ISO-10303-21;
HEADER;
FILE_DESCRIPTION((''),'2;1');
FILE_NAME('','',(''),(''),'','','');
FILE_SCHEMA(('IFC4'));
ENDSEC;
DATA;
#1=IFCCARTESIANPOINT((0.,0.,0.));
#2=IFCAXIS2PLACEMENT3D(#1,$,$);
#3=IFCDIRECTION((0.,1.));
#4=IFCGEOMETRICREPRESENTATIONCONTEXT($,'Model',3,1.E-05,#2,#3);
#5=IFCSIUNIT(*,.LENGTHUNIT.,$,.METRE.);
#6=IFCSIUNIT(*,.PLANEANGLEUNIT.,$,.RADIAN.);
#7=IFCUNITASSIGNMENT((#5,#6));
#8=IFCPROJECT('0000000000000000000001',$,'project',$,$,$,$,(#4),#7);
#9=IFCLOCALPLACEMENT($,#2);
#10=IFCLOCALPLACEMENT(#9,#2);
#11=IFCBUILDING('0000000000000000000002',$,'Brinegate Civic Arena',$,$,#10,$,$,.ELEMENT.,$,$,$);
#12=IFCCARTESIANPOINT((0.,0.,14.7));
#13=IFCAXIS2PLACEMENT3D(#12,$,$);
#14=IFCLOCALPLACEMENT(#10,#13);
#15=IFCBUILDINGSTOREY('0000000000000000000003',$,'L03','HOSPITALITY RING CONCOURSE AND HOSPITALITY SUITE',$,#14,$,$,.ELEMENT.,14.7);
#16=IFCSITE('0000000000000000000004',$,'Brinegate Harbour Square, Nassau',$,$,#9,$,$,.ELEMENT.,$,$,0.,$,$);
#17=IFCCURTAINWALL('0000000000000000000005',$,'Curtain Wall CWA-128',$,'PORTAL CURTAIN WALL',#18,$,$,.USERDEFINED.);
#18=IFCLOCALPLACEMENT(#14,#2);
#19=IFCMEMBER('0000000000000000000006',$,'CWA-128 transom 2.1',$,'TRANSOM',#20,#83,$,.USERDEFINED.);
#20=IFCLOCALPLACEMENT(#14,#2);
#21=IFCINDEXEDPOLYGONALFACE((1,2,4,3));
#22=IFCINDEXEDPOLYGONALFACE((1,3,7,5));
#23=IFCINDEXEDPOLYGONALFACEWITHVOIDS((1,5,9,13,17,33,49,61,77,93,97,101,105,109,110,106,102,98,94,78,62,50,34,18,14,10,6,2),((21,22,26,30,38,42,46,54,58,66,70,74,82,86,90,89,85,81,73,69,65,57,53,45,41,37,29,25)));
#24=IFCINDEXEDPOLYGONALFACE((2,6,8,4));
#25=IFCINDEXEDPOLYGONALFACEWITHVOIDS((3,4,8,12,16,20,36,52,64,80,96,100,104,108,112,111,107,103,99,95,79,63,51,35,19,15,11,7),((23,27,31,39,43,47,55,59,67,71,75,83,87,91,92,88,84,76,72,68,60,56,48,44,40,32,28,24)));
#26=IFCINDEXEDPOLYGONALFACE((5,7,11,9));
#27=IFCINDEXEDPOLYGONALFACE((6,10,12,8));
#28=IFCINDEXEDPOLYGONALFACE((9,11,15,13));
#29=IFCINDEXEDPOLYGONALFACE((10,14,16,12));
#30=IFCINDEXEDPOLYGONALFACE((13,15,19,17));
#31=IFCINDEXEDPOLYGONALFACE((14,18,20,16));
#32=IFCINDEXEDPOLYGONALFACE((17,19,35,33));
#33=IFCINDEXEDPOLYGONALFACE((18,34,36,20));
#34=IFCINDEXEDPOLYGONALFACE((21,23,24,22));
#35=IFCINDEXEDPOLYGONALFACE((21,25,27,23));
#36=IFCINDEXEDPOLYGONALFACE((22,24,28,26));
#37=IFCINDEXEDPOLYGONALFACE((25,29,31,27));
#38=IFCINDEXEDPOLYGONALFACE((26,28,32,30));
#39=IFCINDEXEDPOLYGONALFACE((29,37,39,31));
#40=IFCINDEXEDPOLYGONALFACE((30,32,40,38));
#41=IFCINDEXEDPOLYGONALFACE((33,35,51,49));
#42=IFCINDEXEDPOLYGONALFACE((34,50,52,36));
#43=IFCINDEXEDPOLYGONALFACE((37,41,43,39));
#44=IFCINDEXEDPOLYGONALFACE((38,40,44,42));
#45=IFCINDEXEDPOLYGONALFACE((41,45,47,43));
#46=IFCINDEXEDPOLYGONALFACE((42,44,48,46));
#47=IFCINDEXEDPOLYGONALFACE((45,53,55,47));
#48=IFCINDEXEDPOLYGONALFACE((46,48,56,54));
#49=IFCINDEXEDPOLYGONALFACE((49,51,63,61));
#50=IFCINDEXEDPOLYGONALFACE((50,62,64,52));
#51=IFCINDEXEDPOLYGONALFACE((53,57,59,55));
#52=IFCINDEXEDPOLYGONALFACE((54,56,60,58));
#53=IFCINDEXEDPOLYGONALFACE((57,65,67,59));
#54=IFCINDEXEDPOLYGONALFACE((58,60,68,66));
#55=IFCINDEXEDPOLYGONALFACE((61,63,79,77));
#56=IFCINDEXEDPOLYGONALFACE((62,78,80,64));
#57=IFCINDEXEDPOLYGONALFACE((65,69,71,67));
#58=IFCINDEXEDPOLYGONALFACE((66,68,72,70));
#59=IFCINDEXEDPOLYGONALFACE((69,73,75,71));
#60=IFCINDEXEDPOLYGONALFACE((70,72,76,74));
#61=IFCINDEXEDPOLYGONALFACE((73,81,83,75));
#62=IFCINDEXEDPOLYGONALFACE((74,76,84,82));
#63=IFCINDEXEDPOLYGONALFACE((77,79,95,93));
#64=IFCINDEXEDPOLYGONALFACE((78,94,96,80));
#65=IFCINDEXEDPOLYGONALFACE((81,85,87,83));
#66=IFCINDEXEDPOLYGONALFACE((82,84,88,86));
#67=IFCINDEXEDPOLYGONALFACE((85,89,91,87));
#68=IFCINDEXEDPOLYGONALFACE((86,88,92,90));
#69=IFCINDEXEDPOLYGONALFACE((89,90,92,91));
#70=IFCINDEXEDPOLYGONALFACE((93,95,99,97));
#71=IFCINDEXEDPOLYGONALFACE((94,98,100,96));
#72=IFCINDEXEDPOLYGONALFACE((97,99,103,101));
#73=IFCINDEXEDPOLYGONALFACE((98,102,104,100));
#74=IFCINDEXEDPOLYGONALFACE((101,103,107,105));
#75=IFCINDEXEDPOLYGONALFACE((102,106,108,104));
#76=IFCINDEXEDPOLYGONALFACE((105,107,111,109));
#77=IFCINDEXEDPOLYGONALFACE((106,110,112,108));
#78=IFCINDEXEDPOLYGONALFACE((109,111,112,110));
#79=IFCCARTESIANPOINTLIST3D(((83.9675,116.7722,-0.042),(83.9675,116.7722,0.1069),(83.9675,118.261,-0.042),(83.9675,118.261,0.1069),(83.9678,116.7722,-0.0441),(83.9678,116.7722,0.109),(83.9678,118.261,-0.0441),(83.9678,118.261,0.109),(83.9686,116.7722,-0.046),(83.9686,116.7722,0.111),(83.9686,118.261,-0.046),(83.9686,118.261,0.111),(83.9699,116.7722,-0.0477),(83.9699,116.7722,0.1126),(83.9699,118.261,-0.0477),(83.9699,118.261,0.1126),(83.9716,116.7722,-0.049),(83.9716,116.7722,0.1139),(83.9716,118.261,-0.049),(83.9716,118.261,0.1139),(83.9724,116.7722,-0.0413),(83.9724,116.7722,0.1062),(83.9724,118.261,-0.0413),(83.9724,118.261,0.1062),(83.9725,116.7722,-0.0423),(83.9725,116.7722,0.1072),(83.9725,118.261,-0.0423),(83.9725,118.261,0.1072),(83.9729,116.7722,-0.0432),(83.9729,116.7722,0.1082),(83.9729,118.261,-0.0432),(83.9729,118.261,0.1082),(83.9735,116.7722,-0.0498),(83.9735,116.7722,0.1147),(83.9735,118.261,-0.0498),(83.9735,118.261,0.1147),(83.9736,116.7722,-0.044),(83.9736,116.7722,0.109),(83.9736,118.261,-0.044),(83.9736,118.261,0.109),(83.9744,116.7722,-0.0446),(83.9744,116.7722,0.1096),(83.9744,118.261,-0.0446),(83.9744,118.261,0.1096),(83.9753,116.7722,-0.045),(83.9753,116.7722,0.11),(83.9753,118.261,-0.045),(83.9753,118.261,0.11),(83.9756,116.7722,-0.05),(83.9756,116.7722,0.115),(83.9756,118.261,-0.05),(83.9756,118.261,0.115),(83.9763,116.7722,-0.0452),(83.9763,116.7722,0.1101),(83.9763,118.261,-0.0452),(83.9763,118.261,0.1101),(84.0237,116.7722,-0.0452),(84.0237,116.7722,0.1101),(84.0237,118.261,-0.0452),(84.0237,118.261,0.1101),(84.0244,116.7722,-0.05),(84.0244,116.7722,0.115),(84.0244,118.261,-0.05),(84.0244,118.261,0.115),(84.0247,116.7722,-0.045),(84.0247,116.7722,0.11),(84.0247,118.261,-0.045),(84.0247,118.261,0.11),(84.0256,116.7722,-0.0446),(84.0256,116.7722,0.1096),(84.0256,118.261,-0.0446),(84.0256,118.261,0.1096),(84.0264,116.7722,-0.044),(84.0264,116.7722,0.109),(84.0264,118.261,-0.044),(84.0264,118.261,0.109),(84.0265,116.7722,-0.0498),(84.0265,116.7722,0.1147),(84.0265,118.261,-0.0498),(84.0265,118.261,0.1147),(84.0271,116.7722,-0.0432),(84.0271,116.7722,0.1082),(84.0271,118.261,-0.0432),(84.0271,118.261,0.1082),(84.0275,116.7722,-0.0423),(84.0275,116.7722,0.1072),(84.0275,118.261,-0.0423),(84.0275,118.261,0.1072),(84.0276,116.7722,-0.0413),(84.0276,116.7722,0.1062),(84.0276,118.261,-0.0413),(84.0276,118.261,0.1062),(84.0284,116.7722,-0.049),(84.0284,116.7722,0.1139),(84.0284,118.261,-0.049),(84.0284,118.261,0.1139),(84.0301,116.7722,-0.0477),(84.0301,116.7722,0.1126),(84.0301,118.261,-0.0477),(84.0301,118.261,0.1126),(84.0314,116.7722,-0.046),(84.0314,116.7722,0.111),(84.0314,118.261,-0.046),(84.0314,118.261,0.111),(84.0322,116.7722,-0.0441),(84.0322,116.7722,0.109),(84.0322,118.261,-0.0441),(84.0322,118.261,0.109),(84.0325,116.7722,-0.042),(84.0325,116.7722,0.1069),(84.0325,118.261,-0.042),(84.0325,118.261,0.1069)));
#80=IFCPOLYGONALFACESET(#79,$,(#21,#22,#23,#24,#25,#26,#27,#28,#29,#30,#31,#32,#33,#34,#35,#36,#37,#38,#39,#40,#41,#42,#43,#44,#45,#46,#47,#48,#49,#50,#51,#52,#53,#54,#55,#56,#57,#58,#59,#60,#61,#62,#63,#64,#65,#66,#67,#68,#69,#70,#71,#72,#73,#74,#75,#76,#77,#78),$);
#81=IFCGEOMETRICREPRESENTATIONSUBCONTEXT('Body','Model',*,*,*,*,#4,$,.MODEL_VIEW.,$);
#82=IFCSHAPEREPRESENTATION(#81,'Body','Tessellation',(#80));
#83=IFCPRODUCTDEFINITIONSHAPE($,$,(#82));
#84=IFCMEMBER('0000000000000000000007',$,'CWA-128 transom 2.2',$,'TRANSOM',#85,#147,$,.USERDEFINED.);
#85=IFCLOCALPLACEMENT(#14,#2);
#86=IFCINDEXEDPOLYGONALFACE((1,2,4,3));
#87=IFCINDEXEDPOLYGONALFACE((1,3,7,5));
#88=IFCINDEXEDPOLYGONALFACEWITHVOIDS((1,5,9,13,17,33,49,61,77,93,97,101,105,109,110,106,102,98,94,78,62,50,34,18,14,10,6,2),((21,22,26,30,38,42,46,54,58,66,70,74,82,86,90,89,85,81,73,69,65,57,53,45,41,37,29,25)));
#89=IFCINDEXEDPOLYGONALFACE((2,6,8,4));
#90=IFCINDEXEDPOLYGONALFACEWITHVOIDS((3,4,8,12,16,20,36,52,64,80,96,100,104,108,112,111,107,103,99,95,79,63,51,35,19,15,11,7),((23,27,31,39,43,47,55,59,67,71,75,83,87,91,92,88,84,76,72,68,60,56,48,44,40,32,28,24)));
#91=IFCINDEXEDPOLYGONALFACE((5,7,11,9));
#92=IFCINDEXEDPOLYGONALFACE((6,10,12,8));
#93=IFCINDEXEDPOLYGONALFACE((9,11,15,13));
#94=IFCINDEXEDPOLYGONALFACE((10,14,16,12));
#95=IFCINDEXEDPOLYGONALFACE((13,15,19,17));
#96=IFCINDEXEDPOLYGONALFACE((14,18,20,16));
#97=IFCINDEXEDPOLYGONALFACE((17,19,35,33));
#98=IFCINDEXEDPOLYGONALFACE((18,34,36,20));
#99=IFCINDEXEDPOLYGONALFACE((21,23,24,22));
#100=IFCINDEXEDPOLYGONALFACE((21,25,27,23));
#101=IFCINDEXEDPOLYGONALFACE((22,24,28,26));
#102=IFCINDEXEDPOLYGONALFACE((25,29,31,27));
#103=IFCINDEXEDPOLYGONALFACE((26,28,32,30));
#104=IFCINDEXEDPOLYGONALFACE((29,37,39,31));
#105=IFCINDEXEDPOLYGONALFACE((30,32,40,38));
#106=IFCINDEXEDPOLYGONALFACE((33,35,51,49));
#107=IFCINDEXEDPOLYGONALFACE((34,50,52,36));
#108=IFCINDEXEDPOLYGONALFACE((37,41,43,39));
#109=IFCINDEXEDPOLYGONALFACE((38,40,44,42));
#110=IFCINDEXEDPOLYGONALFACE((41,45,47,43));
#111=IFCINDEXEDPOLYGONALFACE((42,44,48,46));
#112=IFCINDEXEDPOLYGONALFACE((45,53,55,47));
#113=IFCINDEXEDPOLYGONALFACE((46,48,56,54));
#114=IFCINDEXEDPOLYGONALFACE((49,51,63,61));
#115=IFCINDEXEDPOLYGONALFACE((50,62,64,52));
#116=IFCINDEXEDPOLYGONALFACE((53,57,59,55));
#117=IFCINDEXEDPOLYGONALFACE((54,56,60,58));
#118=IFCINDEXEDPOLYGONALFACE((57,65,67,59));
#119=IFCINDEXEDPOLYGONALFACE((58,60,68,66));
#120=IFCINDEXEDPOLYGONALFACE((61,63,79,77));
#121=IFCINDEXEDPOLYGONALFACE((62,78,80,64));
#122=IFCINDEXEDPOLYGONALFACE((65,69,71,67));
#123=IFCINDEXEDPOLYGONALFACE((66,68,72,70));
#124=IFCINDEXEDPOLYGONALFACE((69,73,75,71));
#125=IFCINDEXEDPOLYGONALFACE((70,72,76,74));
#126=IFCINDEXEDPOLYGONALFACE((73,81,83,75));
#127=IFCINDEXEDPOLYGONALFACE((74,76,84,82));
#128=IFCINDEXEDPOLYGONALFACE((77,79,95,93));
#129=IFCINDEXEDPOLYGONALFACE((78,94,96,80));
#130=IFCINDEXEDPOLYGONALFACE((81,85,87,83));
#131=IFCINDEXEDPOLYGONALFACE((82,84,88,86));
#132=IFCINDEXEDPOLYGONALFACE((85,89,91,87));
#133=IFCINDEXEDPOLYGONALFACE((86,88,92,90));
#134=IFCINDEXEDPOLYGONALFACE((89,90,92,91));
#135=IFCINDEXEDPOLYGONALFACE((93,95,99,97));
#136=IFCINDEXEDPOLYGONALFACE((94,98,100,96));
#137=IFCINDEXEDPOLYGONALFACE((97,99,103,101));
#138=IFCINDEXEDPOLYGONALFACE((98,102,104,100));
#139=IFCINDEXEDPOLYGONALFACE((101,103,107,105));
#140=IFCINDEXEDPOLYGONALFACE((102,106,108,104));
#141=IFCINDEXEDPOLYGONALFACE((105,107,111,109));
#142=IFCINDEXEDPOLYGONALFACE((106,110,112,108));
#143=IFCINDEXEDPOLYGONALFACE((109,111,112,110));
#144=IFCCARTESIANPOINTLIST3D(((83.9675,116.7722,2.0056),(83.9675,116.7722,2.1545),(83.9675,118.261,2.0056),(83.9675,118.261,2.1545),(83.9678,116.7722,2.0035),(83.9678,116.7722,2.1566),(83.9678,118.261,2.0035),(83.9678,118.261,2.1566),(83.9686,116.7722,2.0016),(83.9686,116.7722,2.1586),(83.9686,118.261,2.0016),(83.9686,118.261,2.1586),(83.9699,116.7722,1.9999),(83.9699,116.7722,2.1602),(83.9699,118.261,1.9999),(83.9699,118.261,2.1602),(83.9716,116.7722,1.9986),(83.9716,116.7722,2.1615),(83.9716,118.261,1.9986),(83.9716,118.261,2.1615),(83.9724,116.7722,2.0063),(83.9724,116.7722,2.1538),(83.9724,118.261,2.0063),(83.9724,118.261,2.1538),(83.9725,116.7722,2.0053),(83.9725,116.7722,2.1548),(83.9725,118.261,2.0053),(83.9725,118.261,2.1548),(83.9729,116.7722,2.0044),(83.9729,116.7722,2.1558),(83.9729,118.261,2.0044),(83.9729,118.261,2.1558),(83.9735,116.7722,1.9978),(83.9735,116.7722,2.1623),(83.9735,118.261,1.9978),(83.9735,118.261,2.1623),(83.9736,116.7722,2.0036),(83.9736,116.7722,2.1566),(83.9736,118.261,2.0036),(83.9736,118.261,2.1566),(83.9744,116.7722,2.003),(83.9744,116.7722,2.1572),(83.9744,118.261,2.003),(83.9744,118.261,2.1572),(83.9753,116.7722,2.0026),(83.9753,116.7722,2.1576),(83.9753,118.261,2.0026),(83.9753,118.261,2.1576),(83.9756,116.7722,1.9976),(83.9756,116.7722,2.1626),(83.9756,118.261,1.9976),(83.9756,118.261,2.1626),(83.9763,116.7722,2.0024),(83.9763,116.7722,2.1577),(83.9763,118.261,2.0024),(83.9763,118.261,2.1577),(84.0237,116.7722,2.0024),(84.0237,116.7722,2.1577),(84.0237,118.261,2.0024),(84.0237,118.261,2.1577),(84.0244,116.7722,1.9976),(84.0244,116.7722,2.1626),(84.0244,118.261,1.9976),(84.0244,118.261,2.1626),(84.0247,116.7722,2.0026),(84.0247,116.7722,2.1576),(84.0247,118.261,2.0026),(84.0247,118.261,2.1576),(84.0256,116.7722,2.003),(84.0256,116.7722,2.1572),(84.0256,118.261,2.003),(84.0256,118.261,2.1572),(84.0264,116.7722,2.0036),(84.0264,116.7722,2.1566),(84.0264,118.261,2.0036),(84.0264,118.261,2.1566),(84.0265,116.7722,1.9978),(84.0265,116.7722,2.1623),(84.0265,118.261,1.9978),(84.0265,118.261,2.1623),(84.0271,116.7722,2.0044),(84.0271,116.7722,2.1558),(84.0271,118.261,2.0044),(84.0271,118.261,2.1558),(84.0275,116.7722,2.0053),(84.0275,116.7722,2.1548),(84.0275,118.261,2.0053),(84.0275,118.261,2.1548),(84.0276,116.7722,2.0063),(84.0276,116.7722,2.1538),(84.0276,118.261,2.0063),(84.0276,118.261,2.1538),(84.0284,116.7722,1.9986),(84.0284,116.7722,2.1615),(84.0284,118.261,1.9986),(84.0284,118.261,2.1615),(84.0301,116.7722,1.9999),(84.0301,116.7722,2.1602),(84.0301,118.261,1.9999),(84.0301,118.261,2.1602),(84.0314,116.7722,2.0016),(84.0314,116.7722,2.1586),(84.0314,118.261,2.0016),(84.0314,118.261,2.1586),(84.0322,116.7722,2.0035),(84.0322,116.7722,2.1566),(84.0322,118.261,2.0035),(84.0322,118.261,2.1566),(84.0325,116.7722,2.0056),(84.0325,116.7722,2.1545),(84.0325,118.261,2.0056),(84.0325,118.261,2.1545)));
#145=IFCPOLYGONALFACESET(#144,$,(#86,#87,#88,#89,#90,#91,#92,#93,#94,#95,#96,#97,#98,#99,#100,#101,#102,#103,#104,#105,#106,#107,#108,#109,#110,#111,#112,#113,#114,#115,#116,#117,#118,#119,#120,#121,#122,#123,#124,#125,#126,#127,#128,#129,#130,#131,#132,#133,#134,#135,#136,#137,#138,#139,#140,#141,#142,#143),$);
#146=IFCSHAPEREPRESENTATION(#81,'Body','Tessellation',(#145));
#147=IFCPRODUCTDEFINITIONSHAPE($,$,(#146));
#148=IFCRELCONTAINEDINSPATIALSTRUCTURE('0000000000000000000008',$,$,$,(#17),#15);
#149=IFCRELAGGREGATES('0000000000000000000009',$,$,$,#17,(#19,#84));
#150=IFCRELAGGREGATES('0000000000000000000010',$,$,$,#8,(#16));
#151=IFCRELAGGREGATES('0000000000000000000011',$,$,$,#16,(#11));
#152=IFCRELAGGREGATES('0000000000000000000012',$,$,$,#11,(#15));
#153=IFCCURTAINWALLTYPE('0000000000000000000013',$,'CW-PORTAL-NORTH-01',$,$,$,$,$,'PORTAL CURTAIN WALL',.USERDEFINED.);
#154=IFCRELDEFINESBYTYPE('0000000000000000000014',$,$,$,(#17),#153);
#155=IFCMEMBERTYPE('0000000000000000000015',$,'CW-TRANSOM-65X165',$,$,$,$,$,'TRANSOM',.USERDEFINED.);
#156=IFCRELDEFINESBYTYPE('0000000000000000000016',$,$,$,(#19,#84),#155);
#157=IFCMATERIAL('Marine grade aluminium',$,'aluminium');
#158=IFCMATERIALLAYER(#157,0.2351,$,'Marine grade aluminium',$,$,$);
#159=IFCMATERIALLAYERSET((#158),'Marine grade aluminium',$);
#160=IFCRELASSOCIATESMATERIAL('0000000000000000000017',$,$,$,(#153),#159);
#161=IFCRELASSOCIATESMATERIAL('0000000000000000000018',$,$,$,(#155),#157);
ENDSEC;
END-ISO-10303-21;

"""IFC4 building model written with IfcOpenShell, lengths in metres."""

from ifc_helpers import new_model, si_unit, direction, frame, origin, origin_2d, place, context, subcontext, project, spatial, hollow_rectangle, extrude, material, layer, layer_set, material_profile, profile_set, type_object, element, aggregate, save


model = new_model("IFC4")

# Units and contexts
model_context = context("Model", 3, precision=1e-05, world=origin(), true_north=direction((0.0, 1.0)))
body_context = subcontext(model_context, "Body", "Model", "MODEL_VIEW")
ifc_project = project(units=[si_unit("LENGTHUNIT", "METRE"), si_unit("PLANEANGLEUNIT", "RADIAN")], contexts=[model_context])

# Site, building, storey
site_placement = place(None, origin())
site = spatial("IfcSite", under=ifc_project, at=site_placement, Name="Brinegate Harbour Square, Nassau", CompositionType="ELEMENT", RefElevation=0.0)
building_placement = place(site_placement, origin())
building = spatial("IfcBuilding", under=site, at=building_placement, Name="Brinegate Civic Arena", CompositionType="ELEMENT")
storey_placement = place(building_placement, frame((0.0, 0.0, 14.7)))
storey = spatial("IfcBuildingStorey", under=building, at=storey_placement, Name="L03", Description="HOSPITALITY RING CONCOURSE AND HOSPITALITY SUITE", CompositionType="ELEMENT", Elevation=14.7)

# Curtain wall, members
ifc_material_1 = material(Name="Marine grade aluminium", Category="aluminium")
ifc_layer_1 = layer(ifc_material_1, 0.2351, Name="Marine grade aluminium")
ifc_layer_set_1 = layer_set([ifc_layer_1], Name="Marine grade aluminium")
curtain_wall_type = type_object("IfcCurtainWallType", Name="CW-PORTAL-NORTH-01", ElementType="PORTAL CURTAIN WALL", PredefinedType="USERDEFINED", material=ifc_layer_set_1)
curtain_wall_placement = place(storey_placement, origin())
curtain_wall = element("IfcCurtainWall", 1, at=curtain_wall_placement, inside=storey, type_object=curtain_wall_type, Name="Curtain Wall CWA-128", ObjectType="PORTAL CURTAIN WALL", PredefinedType="USERDEFINED")
ifc_material_profile_1 = material_profile(ifc_material_1, hollow_rectangle(XDim=0.0649, YDim=0.165, WallThickness=0.0049, InnerFilletRadius=0.0039, OuterFilletRadius=0.0081, at=origin_2d()), Name="TRN65X165")
ifc_profile_set_1 = profile_set([ifc_material_profile_1], Name="Marine grade aluminium")
member_type_1 = type_object("IfcMemberType", Name="CW-TRANSOM-65X165", ElementType="TRANSOM", PredefinedType="USERDEFINED", material=ifc_profile_set_1)
member_1_placement = place(storey_placement, frame((84.0, 116.7722, 0.0325), z_axis=(0.0, 1.0, 0.0), x_axis=(-1.0, 0.0, 0.0)))
member_1 = element("IfcMember", 2, at=member_1_placement, type_object=member_type_1, Name="CWA-128 transom 2.1", ObjectType="TRANSOM", PredefinedType="USERDEFINED", context=body_context, shape_type="SweptSolid", body=[
    extrude(hollow_rectangle(XDim=0.0649, YDim=0.165, WallThickness=0.0049, InnerFilletRadius=0.0039, OuterFilletRadius=0.0081, at=origin_2d()), origin(), (0.0, 0.0, 1.0), 1.4888),
])
member_2_placement = place(storey_placement, frame((84.0, 116.7722, 2.0801), z_axis=(0.0, 1.0, 0.0), x_axis=(-1.0, 0.0, 0.0)))
member_2 = element("IfcMember", 3, at=member_2_placement, type_object=member_type_1, Name="CWA-128 transom 2.2", ObjectType="TRANSOM", PredefinedType="USERDEFINED", context=body_context, shape_type="SweptSolid", body=[
    extrude(hollow_rectangle(XDim=0.0649, YDim=0.165, WallThickness=0.0049, InnerFilletRadius=0.0039, OuterFilletRadius=0.0081, at=origin_2d()), origin(), (0.0, 0.0, 1.0), 1.4888),
])

aggregate(curtain_wall, [member_1, member_2])

save(model, "model.ifc")
